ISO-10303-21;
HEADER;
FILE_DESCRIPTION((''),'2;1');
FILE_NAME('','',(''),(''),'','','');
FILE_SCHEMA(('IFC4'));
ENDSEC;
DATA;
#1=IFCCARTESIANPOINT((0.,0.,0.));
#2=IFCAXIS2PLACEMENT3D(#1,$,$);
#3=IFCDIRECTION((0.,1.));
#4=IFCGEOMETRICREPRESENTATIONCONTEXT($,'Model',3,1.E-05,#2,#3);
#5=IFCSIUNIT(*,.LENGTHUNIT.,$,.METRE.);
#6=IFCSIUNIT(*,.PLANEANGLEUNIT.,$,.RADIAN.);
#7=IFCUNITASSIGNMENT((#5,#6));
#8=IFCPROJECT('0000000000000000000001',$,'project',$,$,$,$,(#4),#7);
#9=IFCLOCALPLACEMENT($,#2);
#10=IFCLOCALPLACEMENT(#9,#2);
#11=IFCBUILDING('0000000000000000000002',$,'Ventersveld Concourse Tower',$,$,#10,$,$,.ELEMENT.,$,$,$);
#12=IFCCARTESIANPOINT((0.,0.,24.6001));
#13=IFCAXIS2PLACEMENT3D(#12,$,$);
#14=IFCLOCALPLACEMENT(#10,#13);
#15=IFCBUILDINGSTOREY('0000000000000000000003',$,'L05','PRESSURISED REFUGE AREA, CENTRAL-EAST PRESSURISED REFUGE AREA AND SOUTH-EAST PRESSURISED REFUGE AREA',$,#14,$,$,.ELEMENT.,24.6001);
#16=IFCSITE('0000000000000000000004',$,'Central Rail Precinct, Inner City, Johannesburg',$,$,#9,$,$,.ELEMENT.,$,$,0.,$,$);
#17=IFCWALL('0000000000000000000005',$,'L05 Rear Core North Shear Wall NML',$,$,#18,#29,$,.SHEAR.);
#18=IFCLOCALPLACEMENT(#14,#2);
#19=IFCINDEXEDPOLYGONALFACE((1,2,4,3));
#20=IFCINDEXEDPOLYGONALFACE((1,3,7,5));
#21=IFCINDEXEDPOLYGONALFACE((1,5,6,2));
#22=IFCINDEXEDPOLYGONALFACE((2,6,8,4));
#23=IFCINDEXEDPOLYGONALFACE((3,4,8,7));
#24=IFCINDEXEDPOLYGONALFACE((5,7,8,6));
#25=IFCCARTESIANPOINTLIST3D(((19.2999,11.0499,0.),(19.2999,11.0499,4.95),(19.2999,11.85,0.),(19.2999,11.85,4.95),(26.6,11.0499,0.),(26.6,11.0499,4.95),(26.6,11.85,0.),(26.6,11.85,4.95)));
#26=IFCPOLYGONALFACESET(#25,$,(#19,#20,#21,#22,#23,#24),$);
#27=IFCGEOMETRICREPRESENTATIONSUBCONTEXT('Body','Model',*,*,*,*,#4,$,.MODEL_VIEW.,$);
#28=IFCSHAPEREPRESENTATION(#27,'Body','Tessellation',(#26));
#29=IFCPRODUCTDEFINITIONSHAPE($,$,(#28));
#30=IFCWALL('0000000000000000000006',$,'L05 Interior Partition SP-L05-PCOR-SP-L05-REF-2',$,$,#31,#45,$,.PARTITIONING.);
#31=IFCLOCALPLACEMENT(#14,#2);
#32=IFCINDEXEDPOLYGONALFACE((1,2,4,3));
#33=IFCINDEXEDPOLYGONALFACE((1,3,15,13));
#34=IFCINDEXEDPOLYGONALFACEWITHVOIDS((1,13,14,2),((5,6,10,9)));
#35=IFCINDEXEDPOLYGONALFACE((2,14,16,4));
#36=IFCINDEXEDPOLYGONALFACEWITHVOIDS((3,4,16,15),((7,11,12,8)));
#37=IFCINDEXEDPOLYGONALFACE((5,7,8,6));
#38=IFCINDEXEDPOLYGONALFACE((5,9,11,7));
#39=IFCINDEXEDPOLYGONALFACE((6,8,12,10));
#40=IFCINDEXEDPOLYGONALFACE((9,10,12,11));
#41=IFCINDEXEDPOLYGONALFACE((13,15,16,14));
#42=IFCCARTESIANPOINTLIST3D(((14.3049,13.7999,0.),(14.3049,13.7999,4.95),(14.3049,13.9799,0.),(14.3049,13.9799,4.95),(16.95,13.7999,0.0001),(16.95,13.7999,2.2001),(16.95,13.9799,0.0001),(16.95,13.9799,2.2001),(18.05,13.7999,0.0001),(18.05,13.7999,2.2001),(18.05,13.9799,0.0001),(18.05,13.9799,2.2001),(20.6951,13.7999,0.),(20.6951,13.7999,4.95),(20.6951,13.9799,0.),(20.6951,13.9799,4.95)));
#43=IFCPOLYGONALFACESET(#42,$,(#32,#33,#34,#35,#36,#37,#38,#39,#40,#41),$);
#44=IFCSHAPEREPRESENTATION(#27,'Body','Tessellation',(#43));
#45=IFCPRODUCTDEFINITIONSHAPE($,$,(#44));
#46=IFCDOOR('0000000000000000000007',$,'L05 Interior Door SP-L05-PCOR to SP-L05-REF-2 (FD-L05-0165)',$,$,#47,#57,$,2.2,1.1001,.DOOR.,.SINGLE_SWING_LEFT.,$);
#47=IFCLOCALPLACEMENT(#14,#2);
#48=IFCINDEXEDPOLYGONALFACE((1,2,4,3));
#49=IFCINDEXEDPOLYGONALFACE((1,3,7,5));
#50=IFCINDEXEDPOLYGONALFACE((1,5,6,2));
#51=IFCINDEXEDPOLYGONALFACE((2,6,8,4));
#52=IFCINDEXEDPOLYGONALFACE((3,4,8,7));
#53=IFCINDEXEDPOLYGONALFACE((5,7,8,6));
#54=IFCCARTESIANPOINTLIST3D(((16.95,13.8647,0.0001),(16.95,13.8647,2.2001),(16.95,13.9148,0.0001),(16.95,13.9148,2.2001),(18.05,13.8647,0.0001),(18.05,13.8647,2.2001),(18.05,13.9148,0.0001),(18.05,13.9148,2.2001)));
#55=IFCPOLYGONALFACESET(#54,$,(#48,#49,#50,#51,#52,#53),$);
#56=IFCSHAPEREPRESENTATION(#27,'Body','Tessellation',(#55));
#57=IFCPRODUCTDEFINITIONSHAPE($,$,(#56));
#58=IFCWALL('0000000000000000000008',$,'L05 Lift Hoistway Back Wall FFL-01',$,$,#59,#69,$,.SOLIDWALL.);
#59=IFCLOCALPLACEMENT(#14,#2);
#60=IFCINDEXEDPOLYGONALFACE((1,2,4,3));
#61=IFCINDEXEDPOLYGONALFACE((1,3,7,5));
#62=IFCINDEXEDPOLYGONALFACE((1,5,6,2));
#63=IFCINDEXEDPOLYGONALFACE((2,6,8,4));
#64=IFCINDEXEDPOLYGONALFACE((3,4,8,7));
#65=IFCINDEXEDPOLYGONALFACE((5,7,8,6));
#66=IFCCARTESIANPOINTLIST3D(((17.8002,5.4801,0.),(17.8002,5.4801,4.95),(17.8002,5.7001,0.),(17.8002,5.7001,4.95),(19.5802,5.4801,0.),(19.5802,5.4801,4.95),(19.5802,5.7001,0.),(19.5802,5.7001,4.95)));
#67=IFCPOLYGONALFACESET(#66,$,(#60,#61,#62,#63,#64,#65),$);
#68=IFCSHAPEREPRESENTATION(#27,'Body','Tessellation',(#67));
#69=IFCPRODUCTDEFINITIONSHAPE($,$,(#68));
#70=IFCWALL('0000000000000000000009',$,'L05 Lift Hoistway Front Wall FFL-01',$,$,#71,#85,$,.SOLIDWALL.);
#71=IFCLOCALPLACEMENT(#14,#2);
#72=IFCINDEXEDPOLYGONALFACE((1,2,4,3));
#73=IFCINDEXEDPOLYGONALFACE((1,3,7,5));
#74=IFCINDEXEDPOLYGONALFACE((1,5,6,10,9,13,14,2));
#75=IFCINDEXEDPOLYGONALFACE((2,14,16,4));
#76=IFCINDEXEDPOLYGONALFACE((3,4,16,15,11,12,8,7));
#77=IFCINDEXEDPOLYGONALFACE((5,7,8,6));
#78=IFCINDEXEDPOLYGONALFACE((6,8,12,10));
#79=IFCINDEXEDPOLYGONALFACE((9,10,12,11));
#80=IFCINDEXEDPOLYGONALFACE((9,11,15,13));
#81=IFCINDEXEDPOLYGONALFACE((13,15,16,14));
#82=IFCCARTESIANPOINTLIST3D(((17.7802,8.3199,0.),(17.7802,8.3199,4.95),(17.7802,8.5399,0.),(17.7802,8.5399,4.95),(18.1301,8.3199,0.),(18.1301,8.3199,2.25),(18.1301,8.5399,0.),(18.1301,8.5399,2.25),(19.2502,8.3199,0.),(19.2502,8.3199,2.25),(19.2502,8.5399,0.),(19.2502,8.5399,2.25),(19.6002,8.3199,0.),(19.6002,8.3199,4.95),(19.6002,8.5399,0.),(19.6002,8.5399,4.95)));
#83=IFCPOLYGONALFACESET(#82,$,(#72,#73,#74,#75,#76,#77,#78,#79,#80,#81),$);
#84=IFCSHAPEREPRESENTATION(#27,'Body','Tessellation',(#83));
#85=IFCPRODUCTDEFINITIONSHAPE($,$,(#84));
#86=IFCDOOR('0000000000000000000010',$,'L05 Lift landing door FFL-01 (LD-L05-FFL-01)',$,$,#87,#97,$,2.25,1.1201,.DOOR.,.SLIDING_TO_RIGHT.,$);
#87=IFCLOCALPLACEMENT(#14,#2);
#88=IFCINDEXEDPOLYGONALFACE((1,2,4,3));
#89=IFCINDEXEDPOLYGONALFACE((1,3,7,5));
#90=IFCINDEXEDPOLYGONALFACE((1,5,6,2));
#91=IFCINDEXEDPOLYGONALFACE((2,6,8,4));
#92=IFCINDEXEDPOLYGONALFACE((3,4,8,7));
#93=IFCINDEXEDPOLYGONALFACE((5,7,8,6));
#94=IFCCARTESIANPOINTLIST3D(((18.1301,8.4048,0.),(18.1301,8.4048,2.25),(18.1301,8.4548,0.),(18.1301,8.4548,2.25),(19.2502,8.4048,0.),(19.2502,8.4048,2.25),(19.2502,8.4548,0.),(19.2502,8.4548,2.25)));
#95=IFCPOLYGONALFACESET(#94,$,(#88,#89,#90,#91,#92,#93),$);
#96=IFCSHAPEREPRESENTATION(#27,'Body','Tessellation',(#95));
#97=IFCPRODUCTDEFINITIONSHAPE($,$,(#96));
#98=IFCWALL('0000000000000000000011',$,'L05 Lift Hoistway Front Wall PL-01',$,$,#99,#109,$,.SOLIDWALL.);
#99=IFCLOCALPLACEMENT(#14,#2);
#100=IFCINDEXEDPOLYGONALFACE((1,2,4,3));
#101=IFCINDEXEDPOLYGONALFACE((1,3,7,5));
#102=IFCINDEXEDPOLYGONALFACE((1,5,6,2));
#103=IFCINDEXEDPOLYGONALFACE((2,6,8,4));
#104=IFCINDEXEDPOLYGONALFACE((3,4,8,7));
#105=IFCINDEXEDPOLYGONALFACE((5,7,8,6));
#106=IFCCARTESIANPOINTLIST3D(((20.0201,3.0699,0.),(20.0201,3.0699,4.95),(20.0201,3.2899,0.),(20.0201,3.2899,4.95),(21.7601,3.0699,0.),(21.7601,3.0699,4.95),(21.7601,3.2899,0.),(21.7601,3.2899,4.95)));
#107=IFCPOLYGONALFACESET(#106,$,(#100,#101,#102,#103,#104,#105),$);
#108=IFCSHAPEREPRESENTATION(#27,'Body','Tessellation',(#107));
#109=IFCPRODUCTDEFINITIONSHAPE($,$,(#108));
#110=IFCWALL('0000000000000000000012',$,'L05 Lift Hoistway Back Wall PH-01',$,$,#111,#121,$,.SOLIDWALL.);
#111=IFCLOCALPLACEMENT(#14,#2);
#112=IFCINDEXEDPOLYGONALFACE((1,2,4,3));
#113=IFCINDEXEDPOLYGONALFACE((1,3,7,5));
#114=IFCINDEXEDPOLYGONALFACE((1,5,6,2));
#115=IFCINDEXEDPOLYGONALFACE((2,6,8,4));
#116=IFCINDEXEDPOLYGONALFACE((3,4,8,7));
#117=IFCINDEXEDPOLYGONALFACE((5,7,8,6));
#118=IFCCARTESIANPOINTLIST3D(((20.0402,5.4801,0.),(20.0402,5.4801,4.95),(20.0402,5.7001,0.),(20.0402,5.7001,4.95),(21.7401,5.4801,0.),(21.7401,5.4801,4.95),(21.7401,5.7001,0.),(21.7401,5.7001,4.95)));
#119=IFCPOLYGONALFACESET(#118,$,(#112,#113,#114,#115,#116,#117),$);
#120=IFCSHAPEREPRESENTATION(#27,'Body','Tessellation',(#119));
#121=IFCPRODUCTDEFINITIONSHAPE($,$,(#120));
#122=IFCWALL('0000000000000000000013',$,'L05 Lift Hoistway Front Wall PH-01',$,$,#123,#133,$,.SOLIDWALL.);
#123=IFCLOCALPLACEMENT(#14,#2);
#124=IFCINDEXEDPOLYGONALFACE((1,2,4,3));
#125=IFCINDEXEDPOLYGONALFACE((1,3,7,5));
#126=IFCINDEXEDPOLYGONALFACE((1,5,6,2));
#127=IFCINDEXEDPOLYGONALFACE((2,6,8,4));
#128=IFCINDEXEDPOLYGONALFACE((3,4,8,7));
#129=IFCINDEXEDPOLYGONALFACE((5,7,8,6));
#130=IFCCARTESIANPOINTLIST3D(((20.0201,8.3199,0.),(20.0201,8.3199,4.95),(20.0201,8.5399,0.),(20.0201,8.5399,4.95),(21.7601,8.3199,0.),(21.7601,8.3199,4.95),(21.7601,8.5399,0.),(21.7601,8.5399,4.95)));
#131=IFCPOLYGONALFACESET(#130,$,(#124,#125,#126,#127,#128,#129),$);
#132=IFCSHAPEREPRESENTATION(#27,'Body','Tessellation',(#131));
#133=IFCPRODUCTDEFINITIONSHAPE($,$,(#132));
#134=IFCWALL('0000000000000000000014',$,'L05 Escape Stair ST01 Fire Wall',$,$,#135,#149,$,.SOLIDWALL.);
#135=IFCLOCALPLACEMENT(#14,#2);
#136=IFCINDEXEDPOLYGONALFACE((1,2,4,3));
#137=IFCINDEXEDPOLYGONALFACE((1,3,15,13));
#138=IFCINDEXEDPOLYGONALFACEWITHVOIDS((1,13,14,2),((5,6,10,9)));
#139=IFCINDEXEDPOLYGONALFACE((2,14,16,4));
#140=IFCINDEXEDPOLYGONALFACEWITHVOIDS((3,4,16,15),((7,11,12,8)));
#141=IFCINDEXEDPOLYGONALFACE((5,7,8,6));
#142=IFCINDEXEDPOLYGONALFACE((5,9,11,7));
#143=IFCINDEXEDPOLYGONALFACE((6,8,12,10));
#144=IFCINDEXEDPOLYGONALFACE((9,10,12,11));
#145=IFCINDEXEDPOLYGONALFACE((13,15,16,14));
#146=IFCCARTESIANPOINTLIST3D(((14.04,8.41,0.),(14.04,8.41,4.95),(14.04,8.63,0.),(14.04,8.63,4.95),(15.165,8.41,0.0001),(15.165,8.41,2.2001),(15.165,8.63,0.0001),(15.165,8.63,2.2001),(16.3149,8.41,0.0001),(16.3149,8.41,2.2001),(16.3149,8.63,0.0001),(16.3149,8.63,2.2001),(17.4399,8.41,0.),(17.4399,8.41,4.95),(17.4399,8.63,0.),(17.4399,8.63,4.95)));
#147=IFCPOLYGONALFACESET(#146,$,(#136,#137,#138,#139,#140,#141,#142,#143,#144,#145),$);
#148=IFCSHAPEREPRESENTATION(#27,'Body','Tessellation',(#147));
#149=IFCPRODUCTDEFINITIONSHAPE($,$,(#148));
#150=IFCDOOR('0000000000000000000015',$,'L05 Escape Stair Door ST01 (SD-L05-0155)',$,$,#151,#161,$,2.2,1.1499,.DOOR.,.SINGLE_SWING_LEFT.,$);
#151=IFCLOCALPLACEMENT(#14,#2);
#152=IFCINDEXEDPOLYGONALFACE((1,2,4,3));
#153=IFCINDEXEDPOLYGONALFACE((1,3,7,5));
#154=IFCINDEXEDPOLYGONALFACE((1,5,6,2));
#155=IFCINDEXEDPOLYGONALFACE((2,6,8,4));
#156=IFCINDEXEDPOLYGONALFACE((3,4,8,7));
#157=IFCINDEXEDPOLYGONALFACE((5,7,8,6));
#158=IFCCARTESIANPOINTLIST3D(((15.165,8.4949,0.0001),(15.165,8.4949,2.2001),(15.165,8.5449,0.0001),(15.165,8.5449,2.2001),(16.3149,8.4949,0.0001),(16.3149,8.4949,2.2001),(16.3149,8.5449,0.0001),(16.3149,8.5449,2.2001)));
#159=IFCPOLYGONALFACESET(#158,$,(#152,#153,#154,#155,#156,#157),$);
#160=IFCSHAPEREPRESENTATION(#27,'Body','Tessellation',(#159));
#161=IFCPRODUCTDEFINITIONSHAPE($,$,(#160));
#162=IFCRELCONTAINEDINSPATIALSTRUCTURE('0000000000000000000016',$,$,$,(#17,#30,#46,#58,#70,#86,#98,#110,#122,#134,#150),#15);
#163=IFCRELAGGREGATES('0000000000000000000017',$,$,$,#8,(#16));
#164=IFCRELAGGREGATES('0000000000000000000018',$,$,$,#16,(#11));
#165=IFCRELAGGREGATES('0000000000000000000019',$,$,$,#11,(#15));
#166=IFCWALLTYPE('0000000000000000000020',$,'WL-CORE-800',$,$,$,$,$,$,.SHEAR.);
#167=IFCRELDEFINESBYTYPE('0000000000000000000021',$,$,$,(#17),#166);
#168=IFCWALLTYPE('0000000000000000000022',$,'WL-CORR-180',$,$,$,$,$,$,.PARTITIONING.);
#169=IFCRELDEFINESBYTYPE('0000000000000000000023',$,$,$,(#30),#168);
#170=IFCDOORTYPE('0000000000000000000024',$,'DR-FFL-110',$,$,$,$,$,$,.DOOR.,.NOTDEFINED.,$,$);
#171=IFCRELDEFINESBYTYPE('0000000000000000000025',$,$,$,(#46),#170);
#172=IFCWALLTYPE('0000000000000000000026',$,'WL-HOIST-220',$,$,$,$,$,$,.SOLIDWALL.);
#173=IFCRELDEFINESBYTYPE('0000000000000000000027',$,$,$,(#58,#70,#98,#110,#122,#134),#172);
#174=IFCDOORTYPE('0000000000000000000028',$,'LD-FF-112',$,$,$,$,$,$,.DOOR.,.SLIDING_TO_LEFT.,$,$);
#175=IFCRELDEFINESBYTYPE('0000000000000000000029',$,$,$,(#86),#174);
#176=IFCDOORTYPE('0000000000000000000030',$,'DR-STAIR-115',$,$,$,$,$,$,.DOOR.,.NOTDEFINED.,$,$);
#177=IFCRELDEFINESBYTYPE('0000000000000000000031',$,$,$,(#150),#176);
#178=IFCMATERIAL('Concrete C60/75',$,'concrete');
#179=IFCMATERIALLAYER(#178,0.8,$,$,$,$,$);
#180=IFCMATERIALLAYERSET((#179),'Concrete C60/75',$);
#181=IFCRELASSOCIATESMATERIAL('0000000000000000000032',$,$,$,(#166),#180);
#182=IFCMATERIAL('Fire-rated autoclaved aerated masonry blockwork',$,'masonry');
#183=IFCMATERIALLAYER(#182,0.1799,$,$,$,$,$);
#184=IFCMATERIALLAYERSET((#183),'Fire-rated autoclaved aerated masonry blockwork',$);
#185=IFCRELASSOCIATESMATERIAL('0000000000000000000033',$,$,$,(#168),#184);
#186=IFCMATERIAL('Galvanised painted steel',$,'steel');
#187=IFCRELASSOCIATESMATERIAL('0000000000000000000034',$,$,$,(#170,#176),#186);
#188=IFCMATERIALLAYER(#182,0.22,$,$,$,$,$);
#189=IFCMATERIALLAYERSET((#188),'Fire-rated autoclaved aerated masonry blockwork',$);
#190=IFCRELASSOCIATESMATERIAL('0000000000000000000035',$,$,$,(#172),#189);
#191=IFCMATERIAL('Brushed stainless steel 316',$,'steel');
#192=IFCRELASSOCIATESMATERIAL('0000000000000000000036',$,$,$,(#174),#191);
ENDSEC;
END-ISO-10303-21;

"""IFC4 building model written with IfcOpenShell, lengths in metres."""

from ifc_helpers import new_model, si_unit, direction, frame, frame_2d, origin, place, context, subcontext, project, spatial, rectangle, extrude, material, layer, layer_set, type_object, element, fill, save


model = new_model("IFC4")

# Units and contexts
model_context = context("Model", 3, precision=1e-05, world=origin(), true_north=direction((0.0, 1.0)))
body_context = subcontext(model_context, "Body", "Model", "MODEL_VIEW")
ifc_project = project(units=[si_unit("LENGTHUNIT", "METRE"), si_unit("PLANEANGLEUNIT", "RADIAN")], contexts=[model_context])

# Site, building, storey
site_placement = place(None, origin())
site = spatial("IfcSite", under=ifc_project, at=site_placement, Name="Central Rail Precinct, Inner City, Johannesburg", CompositionType="ELEMENT", RefElevation=0.0)
building_placement = place(site_placement, origin())
building = spatial("IfcBuilding", under=site, at=building_placement, Name="Ventersveld Concourse Tower", CompositionType="ELEMENT")
storey_placement = place(building_placement, frame((0.0, 0.0, 24.6001)))
storey = spatial("IfcBuildingStorey", under=building, at=storey_placement, Name="L05", Description="PRESSURISED REFUGE AREA, CENTRAL-EAST PRESSURISED REFUGE AREA AND SOUTH-EAST PRESSURISED REFUGE AREA", CompositionType="ELEMENT", Elevation=24.6001)

# Shared definitions
ifc_material_1 = material(Name="Concrete C60/75", Category="concrete")

# Wall
ifc_layer_1 = layer(ifc_material_1, 0.8)
ifc_layer_set_1 = layer_set([ifc_layer_1], Name="Concrete C60/75")
wall_type_1 = type_object("IfcWallType", Name="WL-CORE-800", PredefinedType="SHEAR", material=ifc_layer_set_1)
wall_1_placement = place(storey_placement, frame((19.3, 11.45, 0.0), z_axis=(0.0, 0.0, 1.0), x_axis=(1.0, 0.0, 0.0)))
element("IfcWall", 1, at=wall_1_placement, inside=storey, type_object=wall_type_1, Name="L05 Rear Core North Shear Wall NML", PredefinedType="SHEAR", context=body_context, shape_type="SweptSolid", body=[
    extrude(rectangle(XDim=7.3, YDim=0.8, at=frame_2d((3.6499, 0.0))), origin(), (0.0, 0.0, 1.0), 4.95),
])

# Wall, opening, door
ifc_material_2 = material(Name="Fire-rated autoclaved aerated masonry blockwork", Category="masonry")
ifc_layer_2 = layer(ifc_material_2, 0.1799)
ifc_layer_set_2 = layer_set([ifc_layer_2], Name="Fire-rated autoclaved aerated masonry blockwork")
wall_type_2 = type_object("IfcWallType", Name="WL-CORR-180", PredefinedType="PARTITIONING", material=ifc_layer_set_2)
wall_2_placement = place(storey_placement, frame((14.3049, 13.8899, 0.0), z_axis=(0.0, 0.0, 1.0), x_axis=(1.0, 0.0, 0.0)))
wall_2 = element("IfcWall", 2, at=wall_2_placement, inside=storey, type_object=wall_type_2, Name="L05 Interior Partition SP-L05-PCOR-SP-L05-REF-2", PredefinedType="PARTITIONING", context=body_context, shape_type="SweptSolid", body=[
    extrude(rectangle(XDim=6.3901, YDim=0.1799, at=frame_2d((3.1951, 0.0))), origin(), (0.0, 0.0, 1.0), 4.95),
])
opening_1_placement = place(wall_2_placement, frame((2.645, 0.0, 0.0)))
opening_1 = element("IfcOpeningElement", 3, at=opening_1_placement, cuts=wall_2, PredefinedType="OPENING", context=body_context, shape_type="SweptSolid", body=[
    extrude(rectangle(XDim=1.1001, YDim=2.2, at=frame_2d((0.55, 1.1001))), frame((0.0, 0.1001, 0.0), z_axis=(0.0, -1.0, 0.0), x_axis=(1.0, 0.0, 0.0)), (0.0, 0.0, 1.0), 0.2),
])
ifc_material_3 = material(Name="Galvanised painted steel", Category="steel")
door_type_1 = type_object("IfcDoorType", Name="DR-FFL-110", OperationType="NOTDEFINED", PredefinedType="DOOR", material=ifc_material_3)
door_1_placement = place(opening_1_placement, origin())
door_1 = element("IfcDoor", 4, at=door_1_placement, inside=storey, type_object=door_type_1, Name="L05 Interior Door SP-L05-PCOR to SP-L05-REF-2 (FD-L05-0165)", OperationType="SINGLE_SWING_LEFT", OverallHeight=2.2, OverallWidth=1.1001, PredefinedType="DOOR", context=body_context, shape_type="SweptSolid", body=[
    extrude(rectangle(XDim=1.1001, YDim=2.2, at=frame_2d((0.55, 1.1001))), frame((0.0, 0.0249, 0.0), z_axis=(0.0, -1.0, 0.0), x_axis=(1.0, 0.0, 0.0)), (0.0, 0.0, 1.0), 0.05),
])
fill(opening_1, door_1)

# Wall
ifc_layer_3 = layer(ifc_material_2, 0.22)
ifc_layer_set_3 = layer_set([ifc_layer_3], Name="Fire-rated autoclaved aerated masonry blockwork")
wall_type_3 = type_object("IfcWallType", Name="WL-HOIST-220", PredefinedType="SOLIDWALL", material=ifc_layer_set_3)
wall_3_placement = place(storey_placement, frame((17.8, 5.5901, 0.0), z_axis=(0.0, 0.0, 1.0), x_axis=(1.0, 0.0, 0.0)))
element("IfcWall", 5, at=wall_3_placement, inside=storey, type_object=wall_type_3, Name="L05 Lift Hoistway Back Wall FFL-01", PredefinedType="SOLIDWALL", context=body_context, shape_type="SweptSolid", body=[
    extrude(rectangle(XDim=1.78, YDim=0.22, at=frame_2d((0.8901, 0.0))), origin(), (0.0, 0.0, 1.0), 4.95),
])

# Wall, opening, door
wall_4_placement = place(storey_placement, frame((17.78, 8.4299, 0.0), z_axis=(0.0, 0.0, 1.0), x_axis=(1.0, 0.0, 0.0)))
wall_4 = element("IfcWall", 6, at=wall_4_placement, inside=storey, type_object=wall_type_3, Name="L05 Lift Hoistway Front Wall FFL-01", PredefinedType="SOLIDWALL", context=body_context, shape_type="SweptSolid", body=[
    extrude(rectangle(XDim=1.8201, YDim=0.22, at=frame_2d((0.9102, 0.0))), origin(), (0.0, 0.0, 1.0), 4.95),
])
opening_2_placement = place(wall_4_placement, frame((0.3501, 0.0, 0.0)))
opening_2 = element("IfcOpeningElement", 7, at=opening_2_placement, cuts=wall_4, PredefinedType="OPENING", context=body_context, shape_type="SweptSolid", body=[
    extrude(rectangle(XDim=1.1201, YDim=2.25, at=frame_2d((0.5601, 1.125))), frame((0.0, 0.1201, 0.0), z_axis=(0.0, -1.0, 0.0), x_axis=(1.0, 0.0, 0.0)), (0.0, 0.0, 1.0), 0.24),
])
ifc_material_4 = material(Name="Brushed stainless steel 316", Category="steel")
door_type_2 = type_object("IfcDoorType", Name="LD-FF-112", OperationType="SLIDING_TO_LEFT", PredefinedType="DOOR", material=ifc_material_4)
door_2_placement = place(opening_2_placement, origin())
door_2 = element("IfcDoor", 8, at=door_2_placement, inside=storey, type_object=door_type_2, Name="L05 Lift landing door FFL-01 (LD-L05-FFL-01)", OperationType="SLIDING_TO_RIGHT", OverallHeight=2.25, OverallWidth=1.1201, PredefinedType="DOOR", context=body_context, shape_type="SweptSolid", body=[
    extrude(rectangle(XDim=1.1201, YDim=2.25, at=frame_2d((0.5601, 1.125))), frame((0.0, 0.0249, 0.0), z_axis=(0.0, -1.0, 0.0), x_axis=(1.0, 0.0, 0.0)), (0.0, 0.0, 1.0), 0.05),
])
fill(opening_2, door_2)

# Walls
wall_5_placement = place(storey_placement, frame((20.02, 3.1799, 0.0), z_axis=(0.0, 0.0, 1.0), x_axis=(1.0, 0.0, 0.0)))
element("IfcWall", 9, at=wall_5_placement, inside=storey, type_object=wall_type_3, Name="L05 Lift Hoistway Front Wall PL-01", PredefinedType="SOLIDWALL", context=body_context, shape_type="SweptSolid", body=[
    extrude(rectangle(XDim=1.74, YDim=0.22, at=frame_2d((0.8701, 0.0))), origin(), (0.0, 0.0, 1.0), 4.95),
])
wall_6_placement = place(storey_placement, frame((20.04, 5.5901, 0.0), z_axis=(0.0, 0.0, 1.0), x_axis=(1.0, 0.0, 0.0)))
element("IfcWall", 10, at=wall_6_placement, inside=storey, type_object=wall_type_3, Name="L05 Lift Hoistway Back Wall PH-01", PredefinedType="SOLIDWALL", context=body_context, shape_type="SweptSolid", body=[
    extrude(rectangle(XDim=1.7, YDim=0.22, at=frame_2d((0.8501, 0.0))), origin(), (0.0, 0.0, 1.0), 4.95),
])
wall_7_placement = place(storey_placement, frame((20.02, 8.4299, 0.0), z_axis=(0.0, 0.0, 1.0), x_axis=(1.0, 0.0, 0.0)))
element("IfcWall", 11, at=wall_7_placement, inside=storey, type_object=wall_type_3, Name="L05 Lift Hoistway Front Wall PH-01", PredefinedType="SOLIDWALL", context=body_context, shape_type="SweptSolid", body=[
    extrude(rectangle(XDim=1.74, YDim=0.22, at=frame_2d((0.8701, 0.0))), origin(), (0.0, 0.0, 1.0), 4.95),
])

# Wall, opening, door
wall_8_placement = place(storey_placement, frame((14.04, 8.52, 0.0), z_axis=(0.0, 0.0, 1.0), x_axis=(1.0, 0.0, 0.0)))
wall_8 = element("IfcWall", 12, at=wall_8_placement, inside=storey, type_object=wall_type_3, Name="L05 Escape Stair ST01 Fire Wall", PredefinedType="SOLIDWALL", context=body_context, shape_type="SweptSolid", body=[
    extrude(rectangle(XDim=3.3999, YDim=0.22, at=frame_2d((1.7, 0.0))), origin(), (0.0, 0.0, 1.0), 4.95),
])
opening_3_placement = place(wall_8_placement, frame((1.125, 0.0, 0.0)))
opening_3 = element("IfcOpeningElement", 13, at=opening_3_placement, cuts=wall_8, PredefinedType="OPENING", context=body_context, shape_type="SweptSolid", body=[
    extrude(rectangle(XDim=1.1499, YDim=2.2, at=frame_2d((0.575, 1.1001))), frame((0.0, 0.1201, 0.0), z_axis=(0.0, -1.0, 0.0), x_axis=(1.0, 0.0, 0.0)), (0.0, 0.0, 1.0), 0.24),
])
door_type_3 = type_object("IfcDoorType", Name="DR-STAIR-115", OperationType="NOTDEFINED", PredefinedType="DOOR", material=ifc_material_3)
door_3_placement = place(opening_3_placement, origin())
door_3 = element("IfcDoor", 14, at=door_3_placement, inside=storey, type_object=door_type_3, Name="L05 Escape Stair Door ST01 (SD-L05-0155)", OperationType="SINGLE_SWING_LEFT", OverallHeight=2.2, OverallWidth=1.1499, PredefinedType="DOOR", context=body_context, shape_type="SweptSolid", body=[
    extrude(rectangle(XDim=1.1499, YDim=2.2, at=frame_2d((0.575, 1.1001))), frame((0.0, 0.0249, 0.0), z_axis=(0.0, -1.0, 0.0), x_axis=(1.0, 0.0, 0.0)), (0.0, 0.0, 1.0), 0.05),
])
fill(opening_3, door_3)

save(model, "model.ifc")
